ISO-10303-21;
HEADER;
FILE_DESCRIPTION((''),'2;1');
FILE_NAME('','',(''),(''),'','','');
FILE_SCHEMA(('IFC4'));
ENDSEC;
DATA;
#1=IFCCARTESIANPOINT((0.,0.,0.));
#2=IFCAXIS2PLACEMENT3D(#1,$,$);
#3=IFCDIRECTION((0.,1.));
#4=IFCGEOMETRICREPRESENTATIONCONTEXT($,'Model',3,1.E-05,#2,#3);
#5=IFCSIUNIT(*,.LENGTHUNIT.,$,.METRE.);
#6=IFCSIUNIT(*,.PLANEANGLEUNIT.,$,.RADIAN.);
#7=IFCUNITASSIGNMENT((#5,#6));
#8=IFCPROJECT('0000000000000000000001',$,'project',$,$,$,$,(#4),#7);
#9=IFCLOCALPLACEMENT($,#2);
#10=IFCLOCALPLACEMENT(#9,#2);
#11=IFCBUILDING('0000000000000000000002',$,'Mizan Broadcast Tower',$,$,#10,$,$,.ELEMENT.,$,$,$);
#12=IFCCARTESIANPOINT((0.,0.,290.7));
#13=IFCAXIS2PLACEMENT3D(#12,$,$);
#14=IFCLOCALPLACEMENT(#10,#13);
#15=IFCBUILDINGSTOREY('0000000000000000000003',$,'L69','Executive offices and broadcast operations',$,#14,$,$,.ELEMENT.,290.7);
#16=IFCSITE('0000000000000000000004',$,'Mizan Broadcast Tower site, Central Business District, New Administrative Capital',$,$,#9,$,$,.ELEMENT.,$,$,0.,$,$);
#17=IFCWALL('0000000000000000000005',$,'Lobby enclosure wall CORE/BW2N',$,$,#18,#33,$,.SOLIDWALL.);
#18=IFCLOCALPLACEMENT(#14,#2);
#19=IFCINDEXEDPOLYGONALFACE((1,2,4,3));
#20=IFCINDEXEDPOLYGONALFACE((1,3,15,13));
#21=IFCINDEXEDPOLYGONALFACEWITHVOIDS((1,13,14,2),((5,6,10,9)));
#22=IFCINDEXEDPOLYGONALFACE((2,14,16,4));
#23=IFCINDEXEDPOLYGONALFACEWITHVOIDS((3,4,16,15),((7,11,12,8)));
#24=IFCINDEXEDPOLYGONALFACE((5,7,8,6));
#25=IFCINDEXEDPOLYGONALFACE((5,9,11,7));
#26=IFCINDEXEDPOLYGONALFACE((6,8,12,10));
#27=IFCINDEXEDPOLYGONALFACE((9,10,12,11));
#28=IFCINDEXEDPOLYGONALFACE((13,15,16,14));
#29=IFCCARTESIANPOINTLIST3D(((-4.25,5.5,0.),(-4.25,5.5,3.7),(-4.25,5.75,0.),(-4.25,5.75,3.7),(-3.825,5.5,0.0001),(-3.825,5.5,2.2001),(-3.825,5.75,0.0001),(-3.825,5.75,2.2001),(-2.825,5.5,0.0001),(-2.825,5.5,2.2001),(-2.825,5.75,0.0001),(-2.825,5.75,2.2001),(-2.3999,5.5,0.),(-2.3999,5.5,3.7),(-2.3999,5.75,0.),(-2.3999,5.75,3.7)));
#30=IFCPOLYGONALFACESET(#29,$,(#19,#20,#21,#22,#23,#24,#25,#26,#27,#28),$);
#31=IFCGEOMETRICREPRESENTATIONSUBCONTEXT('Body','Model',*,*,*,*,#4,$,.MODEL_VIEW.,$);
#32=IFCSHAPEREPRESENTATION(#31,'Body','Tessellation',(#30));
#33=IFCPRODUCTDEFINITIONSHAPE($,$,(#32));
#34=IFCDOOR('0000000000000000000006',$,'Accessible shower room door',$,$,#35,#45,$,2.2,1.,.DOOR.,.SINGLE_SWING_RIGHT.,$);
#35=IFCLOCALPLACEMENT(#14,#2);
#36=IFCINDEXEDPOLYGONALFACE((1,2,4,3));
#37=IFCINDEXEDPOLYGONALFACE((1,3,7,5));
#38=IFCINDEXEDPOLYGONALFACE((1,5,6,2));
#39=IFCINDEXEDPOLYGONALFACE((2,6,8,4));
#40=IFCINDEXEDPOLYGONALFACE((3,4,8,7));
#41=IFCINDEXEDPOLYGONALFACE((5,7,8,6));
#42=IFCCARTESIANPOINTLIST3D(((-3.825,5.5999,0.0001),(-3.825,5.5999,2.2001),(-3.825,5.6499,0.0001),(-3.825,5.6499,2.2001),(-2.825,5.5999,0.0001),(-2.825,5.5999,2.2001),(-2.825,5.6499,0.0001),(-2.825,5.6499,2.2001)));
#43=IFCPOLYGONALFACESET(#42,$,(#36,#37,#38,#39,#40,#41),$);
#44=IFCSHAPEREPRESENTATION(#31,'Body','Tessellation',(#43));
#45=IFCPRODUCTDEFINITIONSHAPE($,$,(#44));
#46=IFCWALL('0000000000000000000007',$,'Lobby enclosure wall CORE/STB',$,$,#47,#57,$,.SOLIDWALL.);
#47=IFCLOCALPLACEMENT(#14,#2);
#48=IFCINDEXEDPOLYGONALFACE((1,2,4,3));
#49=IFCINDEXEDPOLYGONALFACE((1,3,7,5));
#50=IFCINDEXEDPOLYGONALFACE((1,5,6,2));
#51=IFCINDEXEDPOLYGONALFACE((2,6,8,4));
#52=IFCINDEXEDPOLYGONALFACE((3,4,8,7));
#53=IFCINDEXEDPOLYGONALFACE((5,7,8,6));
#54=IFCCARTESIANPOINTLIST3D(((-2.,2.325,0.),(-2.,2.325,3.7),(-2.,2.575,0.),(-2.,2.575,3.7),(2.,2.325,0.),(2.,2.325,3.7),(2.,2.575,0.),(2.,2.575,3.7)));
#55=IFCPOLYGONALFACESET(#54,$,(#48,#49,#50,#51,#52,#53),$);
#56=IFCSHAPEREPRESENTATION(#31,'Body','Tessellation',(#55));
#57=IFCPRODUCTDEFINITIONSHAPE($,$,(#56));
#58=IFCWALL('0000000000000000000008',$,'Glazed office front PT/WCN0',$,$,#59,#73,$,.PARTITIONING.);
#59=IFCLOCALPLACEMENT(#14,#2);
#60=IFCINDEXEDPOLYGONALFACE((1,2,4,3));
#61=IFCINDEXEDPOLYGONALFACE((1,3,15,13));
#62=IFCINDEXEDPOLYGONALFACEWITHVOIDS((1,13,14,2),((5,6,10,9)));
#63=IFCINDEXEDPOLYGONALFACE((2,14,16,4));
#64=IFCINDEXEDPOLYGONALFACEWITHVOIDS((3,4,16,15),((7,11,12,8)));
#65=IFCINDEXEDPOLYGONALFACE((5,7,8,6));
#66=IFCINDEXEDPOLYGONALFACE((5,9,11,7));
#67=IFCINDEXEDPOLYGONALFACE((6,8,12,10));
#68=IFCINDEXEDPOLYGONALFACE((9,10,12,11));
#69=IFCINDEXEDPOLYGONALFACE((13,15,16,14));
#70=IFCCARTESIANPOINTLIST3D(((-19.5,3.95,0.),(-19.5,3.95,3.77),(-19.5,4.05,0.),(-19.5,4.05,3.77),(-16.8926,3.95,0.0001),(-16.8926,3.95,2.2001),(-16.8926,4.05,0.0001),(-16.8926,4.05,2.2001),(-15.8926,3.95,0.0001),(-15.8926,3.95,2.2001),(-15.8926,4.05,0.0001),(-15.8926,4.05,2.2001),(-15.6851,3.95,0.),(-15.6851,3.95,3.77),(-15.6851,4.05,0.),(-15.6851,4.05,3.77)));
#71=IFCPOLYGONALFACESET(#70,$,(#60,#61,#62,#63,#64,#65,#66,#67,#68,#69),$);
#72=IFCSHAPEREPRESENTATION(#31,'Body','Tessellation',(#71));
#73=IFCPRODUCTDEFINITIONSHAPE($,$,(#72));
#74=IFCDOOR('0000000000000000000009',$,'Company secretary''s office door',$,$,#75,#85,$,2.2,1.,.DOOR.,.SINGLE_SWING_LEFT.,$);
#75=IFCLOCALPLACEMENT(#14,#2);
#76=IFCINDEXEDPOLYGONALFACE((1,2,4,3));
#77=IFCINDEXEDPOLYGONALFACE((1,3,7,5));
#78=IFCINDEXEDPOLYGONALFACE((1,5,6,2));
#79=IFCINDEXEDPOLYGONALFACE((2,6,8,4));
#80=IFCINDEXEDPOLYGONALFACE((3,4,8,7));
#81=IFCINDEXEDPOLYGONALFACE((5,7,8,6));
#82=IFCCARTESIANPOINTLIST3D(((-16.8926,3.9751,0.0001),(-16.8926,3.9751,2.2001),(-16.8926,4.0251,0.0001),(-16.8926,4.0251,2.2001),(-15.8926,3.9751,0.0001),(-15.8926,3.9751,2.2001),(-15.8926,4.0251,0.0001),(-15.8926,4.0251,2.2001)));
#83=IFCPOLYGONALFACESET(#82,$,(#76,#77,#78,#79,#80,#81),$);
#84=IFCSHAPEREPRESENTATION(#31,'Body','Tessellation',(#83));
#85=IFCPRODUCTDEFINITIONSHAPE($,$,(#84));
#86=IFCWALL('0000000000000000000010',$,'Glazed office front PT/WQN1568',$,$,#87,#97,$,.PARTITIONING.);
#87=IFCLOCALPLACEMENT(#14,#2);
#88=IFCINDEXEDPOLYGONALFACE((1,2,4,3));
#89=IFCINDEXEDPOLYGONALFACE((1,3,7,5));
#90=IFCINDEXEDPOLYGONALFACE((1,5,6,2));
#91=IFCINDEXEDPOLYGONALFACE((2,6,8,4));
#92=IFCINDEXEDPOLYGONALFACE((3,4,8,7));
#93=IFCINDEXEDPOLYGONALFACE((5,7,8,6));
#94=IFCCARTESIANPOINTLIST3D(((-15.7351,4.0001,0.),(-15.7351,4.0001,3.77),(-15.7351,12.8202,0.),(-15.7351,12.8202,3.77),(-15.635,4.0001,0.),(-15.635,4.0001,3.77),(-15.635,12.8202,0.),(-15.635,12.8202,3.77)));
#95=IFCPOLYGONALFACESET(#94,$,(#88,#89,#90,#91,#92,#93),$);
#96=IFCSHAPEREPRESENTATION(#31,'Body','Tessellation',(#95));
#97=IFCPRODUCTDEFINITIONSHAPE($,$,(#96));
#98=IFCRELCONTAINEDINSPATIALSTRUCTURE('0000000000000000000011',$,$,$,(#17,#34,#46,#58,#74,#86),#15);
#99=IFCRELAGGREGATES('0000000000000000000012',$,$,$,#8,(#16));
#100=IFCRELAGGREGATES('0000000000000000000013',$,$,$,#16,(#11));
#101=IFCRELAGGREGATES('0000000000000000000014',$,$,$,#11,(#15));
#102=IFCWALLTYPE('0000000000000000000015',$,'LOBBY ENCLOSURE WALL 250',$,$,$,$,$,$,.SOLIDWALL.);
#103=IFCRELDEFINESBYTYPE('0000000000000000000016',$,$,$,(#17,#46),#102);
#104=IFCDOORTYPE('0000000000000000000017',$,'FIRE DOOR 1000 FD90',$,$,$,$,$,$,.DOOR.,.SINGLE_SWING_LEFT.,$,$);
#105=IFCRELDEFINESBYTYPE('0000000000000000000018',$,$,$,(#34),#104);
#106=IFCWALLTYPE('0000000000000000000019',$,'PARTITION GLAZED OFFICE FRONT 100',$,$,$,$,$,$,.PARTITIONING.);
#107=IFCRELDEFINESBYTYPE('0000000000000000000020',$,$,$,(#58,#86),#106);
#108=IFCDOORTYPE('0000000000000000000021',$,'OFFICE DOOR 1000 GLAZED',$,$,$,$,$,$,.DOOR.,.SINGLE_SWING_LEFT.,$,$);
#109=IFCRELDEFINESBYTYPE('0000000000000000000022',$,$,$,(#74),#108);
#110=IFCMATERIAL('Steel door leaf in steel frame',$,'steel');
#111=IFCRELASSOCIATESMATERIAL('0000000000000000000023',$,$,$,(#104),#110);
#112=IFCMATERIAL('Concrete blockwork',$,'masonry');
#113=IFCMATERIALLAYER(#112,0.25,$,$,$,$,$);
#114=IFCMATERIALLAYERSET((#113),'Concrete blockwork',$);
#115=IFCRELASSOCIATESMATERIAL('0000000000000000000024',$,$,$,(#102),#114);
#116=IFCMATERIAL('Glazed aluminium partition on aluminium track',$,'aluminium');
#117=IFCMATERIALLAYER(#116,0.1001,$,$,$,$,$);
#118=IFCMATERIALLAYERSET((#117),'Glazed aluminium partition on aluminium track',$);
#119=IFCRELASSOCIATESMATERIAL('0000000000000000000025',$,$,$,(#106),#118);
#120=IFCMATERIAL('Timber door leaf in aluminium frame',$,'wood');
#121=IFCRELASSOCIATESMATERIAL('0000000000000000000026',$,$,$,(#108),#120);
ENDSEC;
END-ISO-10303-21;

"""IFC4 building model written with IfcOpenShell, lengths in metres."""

from ifc_helpers import new_model, si_unit, direction, frame, frame_2d, origin, place, context, subcontext, project, spatial, rectangle, extrude, material, layer, layer_set, type_object, element, fill, save


model = new_model("IFC4")

# Units and contexts
model_context = context("Model", 3, precision=1e-05, world=origin(), true_north=direction((0.0, 1.0)))
body_context = subcontext(model_context, "Body", "Model", "MODEL_VIEW")
ifc_project = project(units=[si_unit("LENGTHUNIT", "METRE"), si_unit("PLANEANGLEUNIT", "RADIAN")], contexts=[model_context])

# Site, building, storey
site_placement = place(None, origin())
site = spatial("IfcSite", under=ifc_project, at=site_placement, Name="Mizan Broadcast Tower site, Central Business District, New Administrative Capital", CompositionType="ELEMENT", RefElevation=0.0)
building_placement = place(site_placement, origin())
building = spatial("IfcBuilding", under=site, at=building_placement, Name="Mizan Broadcast Tower", CompositionType="ELEMENT")
storey_placement = place(building_placement, frame((0.0, 0.0, 290.7)))
storey = spatial("IfcBuildingStorey", under=building, at=storey_placement, Name="L69", Description="Executive offices and broadcast operations", CompositionType="ELEMENT", Elevation=290.7)

# Wall, opening, door
ifc_material_1 = material(Name="Steel door leaf in steel frame", Category="steel")
door_type_1 = type_object("IfcDoorType", Name="FIRE DOOR 1000 FD90", OperationType="SINGLE_SWING_LEFT", PredefinedType="DOOR", material=ifc_material_1)
ifc_material_2 = material(Name="Concrete blockwork", Category="masonry")
ifc_layer_1 = layer(ifc_material_2, 0.25)
ifc_layer_set_1 = layer_set([ifc_layer_1], Name="Concrete blockwork")
wall_type_1 = type_object("IfcWallType", Name="LOBBY ENCLOSURE WALL 250", PredefinedType="SOLIDWALL", material=ifc_layer_set_1)
wall_1_placement = place(storey_placement, frame((-4.25, 5.625, 0.0), z_axis=(0.0, 0.0, 1.0), x_axis=(1.0, 0.0, 0.0)))
wall_1 = element("IfcWall", 1, at=wall_1_placement, inside=storey, type_object=wall_type_1, Name="Lobby enclosure wall CORE/BW2N", PredefinedType="SOLIDWALL", context=body_context, shape_type="SweptSolid", body=[
    extrude(rectangle(XDim=1.8501, YDim=0.25, at=frame_2d((0.925, 0.0))), origin(), (0.0, 0.0, 1.0), 3.7),
])
opening_1_placement = place(wall_1_placement, frame((0.425, 0.0, 0.0)))
opening_1 = element("IfcOpeningElement", 2, at=opening_1_placement, cuts=wall_1, PredefinedType="OPENING", context=body_context, shape_type="SweptSolid", body=[
    extrude(rectangle(XDim=1.0, YDim=2.2, at=frame_2d((0.5, 1.1001))), frame((0.0, 0.135, 0.0), z_axis=(0.0, -1.0, 0.0), x_axis=(1.0, 0.0, 0.0)), (0.0, 0.0, 1.0), 0.27),
])
door_1_placement = place(opening_1_placement, origin())
door_1 = element("IfcDoor", 3, at=door_1_placement, inside=storey, type_object=door_type_1, Name="Accessible shower room door", OperationType="SINGLE_SWING_RIGHT", OverallHeight=2.2, OverallWidth=1.0, PredefinedType="DOOR", context=body_context, shape_type="SweptSolid", body=[
    extrude(rectangle(XDim=1.0, YDim=2.2, at=frame_2d((0.5, 1.1001))), frame((0.0, 0.0249, 0.0), z_axis=(0.0, -1.0, 0.0), x_axis=(1.0, 0.0, 0.0)), (0.0, 0.0, 1.0), 0.05),
])
fill(opening_1, door_1)

# Wall
wall_2_placement = place(storey_placement, frame((-2.0, 2.45, 0.0), z_axis=(0.0, 0.0, 1.0), x_axis=(1.0, 0.0, 0.0)))
element("IfcWall", 4, at=wall_2_placement, inside=storey, type_object=wall_type_1, Name="Lobby enclosure wall CORE/STB", PredefinedType="SOLIDWALL", context=body_context, shape_type="SweptSolid", body=[
    extrude(rectangle(XDim=4.0, YDim=0.25, at=frame_2d((2.0, 0.0))), origin(), (0.0, 0.0, 1.0), 3.7),
])

# Wall, opening, door
ifc_material_3 = material(Name="Glazed aluminium partition on aluminium track", Category="aluminium")
ifc_layer_2 = layer(ifc_material_3, 0.1001)
ifc_layer_set_2 = layer_set([ifc_layer_2], Name="Glazed aluminium partition on aluminium track")
wall_type_2 = type_object("IfcWallType", Name="PARTITION GLAZED OFFICE FRONT 100", PredefinedType="PARTITIONING", material=ifc_layer_set_2)
wall_3_placement = place(storey_placement, frame((-15.6851, 4.0, 0.0), z_axis=(0.0, 0.0, 1.0), x_axis=(-1.0, 0.0, 0.0)))
wall_3 = element("IfcWall", 5, at=wall_3_placement, inside=storey, type_object=wall_type_2, Name="Glazed office front PT/WCN0", PredefinedType="PARTITIONING", context=body_context, shape_type="SweptSolid", body=[
    extrude(rectangle(XDim=3.8149, YDim=0.1001, at=frame_2d((1.9075, 0.0))), origin(), (0.0, 0.0, 1.0), 3.77),
])
opening_2_placement = place(wall_3_placement, frame((0.2075, 0.0, 0.0)))
opening_2 = element("IfcOpeningElement", 6, at=opening_2_placement, cuts=wall_3, PredefinedType="OPENING", context=body_context, shape_type="SweptSolid", body=[
    extrude(rectangle(XDim=1.0, YDim=2.2, at=frame_2d((0.5, 1.1001))), frame((0.0, 0.0601, 0.0), z_axis=(0.0, -1.0, 0.0), x_axis=(1.0, 0.0, 0.0)), (0.0, 0.0, 1.0), 0.1201),
])
ifc_material_4 = material(Name="Timber door leaf in aluminium frame", Category="wood")
door_type_2 = type_object("IfcDoorType", Name="OFFICE DOOR 1000 GLAZED", OperationType="SINGLE_SWING_LEFT", PredefinedType="DOOR", material=ifc_material_4)
door_2_placement = place(opening_2_placement, origin())
door_2 = element("IfcDoor", 7, at=door_2_placement, inside=storey, type_object=door_type_2, Name="Company secretary's office door", OperationType="SINGLE_SWING_LEFT", OverallHeight=2.2, OverallWidth=1.0, PredefinedType="DOOR", context=body_context, shape_type="SweptSolid", body=[
    extrude(rectangle(XDim=1.0, YDim=2.2, at=frame_2d((0.5, 1.1001))), frame((0.0, 0.0249, 0.0), z_axis=(0.0, -1.0, 0.0), x_axis=(1.0, 0.0, 0.0)), (0.0, 0.0, 1.0), 0.05),
])
fill(opening_2, door_2)

# Wall
wall_4_placement = place(storey_placement, frame((-15.6851, 4.0, 0.0), z_axis=(0.0, 0.0, 1.0), x_axis=(0.0, 1.0, 0.0)))
element("IfcWall", 8, at=wall_4_placement, inside=storey, type_object=wall_type_2, Name="Glazed office front PT/WQN1568", PredefinedType="PARTITIONING", context=body_context, shape_type="SweptSolid", body=[
    extrude(rectangle(XDim=8.8201, YDim=0.1001, at=frame_2d((4.4102, 0.0))), origin(), (0.0, 0.0, 1.0), 3.77),
])

save(model, "model.ifc")
